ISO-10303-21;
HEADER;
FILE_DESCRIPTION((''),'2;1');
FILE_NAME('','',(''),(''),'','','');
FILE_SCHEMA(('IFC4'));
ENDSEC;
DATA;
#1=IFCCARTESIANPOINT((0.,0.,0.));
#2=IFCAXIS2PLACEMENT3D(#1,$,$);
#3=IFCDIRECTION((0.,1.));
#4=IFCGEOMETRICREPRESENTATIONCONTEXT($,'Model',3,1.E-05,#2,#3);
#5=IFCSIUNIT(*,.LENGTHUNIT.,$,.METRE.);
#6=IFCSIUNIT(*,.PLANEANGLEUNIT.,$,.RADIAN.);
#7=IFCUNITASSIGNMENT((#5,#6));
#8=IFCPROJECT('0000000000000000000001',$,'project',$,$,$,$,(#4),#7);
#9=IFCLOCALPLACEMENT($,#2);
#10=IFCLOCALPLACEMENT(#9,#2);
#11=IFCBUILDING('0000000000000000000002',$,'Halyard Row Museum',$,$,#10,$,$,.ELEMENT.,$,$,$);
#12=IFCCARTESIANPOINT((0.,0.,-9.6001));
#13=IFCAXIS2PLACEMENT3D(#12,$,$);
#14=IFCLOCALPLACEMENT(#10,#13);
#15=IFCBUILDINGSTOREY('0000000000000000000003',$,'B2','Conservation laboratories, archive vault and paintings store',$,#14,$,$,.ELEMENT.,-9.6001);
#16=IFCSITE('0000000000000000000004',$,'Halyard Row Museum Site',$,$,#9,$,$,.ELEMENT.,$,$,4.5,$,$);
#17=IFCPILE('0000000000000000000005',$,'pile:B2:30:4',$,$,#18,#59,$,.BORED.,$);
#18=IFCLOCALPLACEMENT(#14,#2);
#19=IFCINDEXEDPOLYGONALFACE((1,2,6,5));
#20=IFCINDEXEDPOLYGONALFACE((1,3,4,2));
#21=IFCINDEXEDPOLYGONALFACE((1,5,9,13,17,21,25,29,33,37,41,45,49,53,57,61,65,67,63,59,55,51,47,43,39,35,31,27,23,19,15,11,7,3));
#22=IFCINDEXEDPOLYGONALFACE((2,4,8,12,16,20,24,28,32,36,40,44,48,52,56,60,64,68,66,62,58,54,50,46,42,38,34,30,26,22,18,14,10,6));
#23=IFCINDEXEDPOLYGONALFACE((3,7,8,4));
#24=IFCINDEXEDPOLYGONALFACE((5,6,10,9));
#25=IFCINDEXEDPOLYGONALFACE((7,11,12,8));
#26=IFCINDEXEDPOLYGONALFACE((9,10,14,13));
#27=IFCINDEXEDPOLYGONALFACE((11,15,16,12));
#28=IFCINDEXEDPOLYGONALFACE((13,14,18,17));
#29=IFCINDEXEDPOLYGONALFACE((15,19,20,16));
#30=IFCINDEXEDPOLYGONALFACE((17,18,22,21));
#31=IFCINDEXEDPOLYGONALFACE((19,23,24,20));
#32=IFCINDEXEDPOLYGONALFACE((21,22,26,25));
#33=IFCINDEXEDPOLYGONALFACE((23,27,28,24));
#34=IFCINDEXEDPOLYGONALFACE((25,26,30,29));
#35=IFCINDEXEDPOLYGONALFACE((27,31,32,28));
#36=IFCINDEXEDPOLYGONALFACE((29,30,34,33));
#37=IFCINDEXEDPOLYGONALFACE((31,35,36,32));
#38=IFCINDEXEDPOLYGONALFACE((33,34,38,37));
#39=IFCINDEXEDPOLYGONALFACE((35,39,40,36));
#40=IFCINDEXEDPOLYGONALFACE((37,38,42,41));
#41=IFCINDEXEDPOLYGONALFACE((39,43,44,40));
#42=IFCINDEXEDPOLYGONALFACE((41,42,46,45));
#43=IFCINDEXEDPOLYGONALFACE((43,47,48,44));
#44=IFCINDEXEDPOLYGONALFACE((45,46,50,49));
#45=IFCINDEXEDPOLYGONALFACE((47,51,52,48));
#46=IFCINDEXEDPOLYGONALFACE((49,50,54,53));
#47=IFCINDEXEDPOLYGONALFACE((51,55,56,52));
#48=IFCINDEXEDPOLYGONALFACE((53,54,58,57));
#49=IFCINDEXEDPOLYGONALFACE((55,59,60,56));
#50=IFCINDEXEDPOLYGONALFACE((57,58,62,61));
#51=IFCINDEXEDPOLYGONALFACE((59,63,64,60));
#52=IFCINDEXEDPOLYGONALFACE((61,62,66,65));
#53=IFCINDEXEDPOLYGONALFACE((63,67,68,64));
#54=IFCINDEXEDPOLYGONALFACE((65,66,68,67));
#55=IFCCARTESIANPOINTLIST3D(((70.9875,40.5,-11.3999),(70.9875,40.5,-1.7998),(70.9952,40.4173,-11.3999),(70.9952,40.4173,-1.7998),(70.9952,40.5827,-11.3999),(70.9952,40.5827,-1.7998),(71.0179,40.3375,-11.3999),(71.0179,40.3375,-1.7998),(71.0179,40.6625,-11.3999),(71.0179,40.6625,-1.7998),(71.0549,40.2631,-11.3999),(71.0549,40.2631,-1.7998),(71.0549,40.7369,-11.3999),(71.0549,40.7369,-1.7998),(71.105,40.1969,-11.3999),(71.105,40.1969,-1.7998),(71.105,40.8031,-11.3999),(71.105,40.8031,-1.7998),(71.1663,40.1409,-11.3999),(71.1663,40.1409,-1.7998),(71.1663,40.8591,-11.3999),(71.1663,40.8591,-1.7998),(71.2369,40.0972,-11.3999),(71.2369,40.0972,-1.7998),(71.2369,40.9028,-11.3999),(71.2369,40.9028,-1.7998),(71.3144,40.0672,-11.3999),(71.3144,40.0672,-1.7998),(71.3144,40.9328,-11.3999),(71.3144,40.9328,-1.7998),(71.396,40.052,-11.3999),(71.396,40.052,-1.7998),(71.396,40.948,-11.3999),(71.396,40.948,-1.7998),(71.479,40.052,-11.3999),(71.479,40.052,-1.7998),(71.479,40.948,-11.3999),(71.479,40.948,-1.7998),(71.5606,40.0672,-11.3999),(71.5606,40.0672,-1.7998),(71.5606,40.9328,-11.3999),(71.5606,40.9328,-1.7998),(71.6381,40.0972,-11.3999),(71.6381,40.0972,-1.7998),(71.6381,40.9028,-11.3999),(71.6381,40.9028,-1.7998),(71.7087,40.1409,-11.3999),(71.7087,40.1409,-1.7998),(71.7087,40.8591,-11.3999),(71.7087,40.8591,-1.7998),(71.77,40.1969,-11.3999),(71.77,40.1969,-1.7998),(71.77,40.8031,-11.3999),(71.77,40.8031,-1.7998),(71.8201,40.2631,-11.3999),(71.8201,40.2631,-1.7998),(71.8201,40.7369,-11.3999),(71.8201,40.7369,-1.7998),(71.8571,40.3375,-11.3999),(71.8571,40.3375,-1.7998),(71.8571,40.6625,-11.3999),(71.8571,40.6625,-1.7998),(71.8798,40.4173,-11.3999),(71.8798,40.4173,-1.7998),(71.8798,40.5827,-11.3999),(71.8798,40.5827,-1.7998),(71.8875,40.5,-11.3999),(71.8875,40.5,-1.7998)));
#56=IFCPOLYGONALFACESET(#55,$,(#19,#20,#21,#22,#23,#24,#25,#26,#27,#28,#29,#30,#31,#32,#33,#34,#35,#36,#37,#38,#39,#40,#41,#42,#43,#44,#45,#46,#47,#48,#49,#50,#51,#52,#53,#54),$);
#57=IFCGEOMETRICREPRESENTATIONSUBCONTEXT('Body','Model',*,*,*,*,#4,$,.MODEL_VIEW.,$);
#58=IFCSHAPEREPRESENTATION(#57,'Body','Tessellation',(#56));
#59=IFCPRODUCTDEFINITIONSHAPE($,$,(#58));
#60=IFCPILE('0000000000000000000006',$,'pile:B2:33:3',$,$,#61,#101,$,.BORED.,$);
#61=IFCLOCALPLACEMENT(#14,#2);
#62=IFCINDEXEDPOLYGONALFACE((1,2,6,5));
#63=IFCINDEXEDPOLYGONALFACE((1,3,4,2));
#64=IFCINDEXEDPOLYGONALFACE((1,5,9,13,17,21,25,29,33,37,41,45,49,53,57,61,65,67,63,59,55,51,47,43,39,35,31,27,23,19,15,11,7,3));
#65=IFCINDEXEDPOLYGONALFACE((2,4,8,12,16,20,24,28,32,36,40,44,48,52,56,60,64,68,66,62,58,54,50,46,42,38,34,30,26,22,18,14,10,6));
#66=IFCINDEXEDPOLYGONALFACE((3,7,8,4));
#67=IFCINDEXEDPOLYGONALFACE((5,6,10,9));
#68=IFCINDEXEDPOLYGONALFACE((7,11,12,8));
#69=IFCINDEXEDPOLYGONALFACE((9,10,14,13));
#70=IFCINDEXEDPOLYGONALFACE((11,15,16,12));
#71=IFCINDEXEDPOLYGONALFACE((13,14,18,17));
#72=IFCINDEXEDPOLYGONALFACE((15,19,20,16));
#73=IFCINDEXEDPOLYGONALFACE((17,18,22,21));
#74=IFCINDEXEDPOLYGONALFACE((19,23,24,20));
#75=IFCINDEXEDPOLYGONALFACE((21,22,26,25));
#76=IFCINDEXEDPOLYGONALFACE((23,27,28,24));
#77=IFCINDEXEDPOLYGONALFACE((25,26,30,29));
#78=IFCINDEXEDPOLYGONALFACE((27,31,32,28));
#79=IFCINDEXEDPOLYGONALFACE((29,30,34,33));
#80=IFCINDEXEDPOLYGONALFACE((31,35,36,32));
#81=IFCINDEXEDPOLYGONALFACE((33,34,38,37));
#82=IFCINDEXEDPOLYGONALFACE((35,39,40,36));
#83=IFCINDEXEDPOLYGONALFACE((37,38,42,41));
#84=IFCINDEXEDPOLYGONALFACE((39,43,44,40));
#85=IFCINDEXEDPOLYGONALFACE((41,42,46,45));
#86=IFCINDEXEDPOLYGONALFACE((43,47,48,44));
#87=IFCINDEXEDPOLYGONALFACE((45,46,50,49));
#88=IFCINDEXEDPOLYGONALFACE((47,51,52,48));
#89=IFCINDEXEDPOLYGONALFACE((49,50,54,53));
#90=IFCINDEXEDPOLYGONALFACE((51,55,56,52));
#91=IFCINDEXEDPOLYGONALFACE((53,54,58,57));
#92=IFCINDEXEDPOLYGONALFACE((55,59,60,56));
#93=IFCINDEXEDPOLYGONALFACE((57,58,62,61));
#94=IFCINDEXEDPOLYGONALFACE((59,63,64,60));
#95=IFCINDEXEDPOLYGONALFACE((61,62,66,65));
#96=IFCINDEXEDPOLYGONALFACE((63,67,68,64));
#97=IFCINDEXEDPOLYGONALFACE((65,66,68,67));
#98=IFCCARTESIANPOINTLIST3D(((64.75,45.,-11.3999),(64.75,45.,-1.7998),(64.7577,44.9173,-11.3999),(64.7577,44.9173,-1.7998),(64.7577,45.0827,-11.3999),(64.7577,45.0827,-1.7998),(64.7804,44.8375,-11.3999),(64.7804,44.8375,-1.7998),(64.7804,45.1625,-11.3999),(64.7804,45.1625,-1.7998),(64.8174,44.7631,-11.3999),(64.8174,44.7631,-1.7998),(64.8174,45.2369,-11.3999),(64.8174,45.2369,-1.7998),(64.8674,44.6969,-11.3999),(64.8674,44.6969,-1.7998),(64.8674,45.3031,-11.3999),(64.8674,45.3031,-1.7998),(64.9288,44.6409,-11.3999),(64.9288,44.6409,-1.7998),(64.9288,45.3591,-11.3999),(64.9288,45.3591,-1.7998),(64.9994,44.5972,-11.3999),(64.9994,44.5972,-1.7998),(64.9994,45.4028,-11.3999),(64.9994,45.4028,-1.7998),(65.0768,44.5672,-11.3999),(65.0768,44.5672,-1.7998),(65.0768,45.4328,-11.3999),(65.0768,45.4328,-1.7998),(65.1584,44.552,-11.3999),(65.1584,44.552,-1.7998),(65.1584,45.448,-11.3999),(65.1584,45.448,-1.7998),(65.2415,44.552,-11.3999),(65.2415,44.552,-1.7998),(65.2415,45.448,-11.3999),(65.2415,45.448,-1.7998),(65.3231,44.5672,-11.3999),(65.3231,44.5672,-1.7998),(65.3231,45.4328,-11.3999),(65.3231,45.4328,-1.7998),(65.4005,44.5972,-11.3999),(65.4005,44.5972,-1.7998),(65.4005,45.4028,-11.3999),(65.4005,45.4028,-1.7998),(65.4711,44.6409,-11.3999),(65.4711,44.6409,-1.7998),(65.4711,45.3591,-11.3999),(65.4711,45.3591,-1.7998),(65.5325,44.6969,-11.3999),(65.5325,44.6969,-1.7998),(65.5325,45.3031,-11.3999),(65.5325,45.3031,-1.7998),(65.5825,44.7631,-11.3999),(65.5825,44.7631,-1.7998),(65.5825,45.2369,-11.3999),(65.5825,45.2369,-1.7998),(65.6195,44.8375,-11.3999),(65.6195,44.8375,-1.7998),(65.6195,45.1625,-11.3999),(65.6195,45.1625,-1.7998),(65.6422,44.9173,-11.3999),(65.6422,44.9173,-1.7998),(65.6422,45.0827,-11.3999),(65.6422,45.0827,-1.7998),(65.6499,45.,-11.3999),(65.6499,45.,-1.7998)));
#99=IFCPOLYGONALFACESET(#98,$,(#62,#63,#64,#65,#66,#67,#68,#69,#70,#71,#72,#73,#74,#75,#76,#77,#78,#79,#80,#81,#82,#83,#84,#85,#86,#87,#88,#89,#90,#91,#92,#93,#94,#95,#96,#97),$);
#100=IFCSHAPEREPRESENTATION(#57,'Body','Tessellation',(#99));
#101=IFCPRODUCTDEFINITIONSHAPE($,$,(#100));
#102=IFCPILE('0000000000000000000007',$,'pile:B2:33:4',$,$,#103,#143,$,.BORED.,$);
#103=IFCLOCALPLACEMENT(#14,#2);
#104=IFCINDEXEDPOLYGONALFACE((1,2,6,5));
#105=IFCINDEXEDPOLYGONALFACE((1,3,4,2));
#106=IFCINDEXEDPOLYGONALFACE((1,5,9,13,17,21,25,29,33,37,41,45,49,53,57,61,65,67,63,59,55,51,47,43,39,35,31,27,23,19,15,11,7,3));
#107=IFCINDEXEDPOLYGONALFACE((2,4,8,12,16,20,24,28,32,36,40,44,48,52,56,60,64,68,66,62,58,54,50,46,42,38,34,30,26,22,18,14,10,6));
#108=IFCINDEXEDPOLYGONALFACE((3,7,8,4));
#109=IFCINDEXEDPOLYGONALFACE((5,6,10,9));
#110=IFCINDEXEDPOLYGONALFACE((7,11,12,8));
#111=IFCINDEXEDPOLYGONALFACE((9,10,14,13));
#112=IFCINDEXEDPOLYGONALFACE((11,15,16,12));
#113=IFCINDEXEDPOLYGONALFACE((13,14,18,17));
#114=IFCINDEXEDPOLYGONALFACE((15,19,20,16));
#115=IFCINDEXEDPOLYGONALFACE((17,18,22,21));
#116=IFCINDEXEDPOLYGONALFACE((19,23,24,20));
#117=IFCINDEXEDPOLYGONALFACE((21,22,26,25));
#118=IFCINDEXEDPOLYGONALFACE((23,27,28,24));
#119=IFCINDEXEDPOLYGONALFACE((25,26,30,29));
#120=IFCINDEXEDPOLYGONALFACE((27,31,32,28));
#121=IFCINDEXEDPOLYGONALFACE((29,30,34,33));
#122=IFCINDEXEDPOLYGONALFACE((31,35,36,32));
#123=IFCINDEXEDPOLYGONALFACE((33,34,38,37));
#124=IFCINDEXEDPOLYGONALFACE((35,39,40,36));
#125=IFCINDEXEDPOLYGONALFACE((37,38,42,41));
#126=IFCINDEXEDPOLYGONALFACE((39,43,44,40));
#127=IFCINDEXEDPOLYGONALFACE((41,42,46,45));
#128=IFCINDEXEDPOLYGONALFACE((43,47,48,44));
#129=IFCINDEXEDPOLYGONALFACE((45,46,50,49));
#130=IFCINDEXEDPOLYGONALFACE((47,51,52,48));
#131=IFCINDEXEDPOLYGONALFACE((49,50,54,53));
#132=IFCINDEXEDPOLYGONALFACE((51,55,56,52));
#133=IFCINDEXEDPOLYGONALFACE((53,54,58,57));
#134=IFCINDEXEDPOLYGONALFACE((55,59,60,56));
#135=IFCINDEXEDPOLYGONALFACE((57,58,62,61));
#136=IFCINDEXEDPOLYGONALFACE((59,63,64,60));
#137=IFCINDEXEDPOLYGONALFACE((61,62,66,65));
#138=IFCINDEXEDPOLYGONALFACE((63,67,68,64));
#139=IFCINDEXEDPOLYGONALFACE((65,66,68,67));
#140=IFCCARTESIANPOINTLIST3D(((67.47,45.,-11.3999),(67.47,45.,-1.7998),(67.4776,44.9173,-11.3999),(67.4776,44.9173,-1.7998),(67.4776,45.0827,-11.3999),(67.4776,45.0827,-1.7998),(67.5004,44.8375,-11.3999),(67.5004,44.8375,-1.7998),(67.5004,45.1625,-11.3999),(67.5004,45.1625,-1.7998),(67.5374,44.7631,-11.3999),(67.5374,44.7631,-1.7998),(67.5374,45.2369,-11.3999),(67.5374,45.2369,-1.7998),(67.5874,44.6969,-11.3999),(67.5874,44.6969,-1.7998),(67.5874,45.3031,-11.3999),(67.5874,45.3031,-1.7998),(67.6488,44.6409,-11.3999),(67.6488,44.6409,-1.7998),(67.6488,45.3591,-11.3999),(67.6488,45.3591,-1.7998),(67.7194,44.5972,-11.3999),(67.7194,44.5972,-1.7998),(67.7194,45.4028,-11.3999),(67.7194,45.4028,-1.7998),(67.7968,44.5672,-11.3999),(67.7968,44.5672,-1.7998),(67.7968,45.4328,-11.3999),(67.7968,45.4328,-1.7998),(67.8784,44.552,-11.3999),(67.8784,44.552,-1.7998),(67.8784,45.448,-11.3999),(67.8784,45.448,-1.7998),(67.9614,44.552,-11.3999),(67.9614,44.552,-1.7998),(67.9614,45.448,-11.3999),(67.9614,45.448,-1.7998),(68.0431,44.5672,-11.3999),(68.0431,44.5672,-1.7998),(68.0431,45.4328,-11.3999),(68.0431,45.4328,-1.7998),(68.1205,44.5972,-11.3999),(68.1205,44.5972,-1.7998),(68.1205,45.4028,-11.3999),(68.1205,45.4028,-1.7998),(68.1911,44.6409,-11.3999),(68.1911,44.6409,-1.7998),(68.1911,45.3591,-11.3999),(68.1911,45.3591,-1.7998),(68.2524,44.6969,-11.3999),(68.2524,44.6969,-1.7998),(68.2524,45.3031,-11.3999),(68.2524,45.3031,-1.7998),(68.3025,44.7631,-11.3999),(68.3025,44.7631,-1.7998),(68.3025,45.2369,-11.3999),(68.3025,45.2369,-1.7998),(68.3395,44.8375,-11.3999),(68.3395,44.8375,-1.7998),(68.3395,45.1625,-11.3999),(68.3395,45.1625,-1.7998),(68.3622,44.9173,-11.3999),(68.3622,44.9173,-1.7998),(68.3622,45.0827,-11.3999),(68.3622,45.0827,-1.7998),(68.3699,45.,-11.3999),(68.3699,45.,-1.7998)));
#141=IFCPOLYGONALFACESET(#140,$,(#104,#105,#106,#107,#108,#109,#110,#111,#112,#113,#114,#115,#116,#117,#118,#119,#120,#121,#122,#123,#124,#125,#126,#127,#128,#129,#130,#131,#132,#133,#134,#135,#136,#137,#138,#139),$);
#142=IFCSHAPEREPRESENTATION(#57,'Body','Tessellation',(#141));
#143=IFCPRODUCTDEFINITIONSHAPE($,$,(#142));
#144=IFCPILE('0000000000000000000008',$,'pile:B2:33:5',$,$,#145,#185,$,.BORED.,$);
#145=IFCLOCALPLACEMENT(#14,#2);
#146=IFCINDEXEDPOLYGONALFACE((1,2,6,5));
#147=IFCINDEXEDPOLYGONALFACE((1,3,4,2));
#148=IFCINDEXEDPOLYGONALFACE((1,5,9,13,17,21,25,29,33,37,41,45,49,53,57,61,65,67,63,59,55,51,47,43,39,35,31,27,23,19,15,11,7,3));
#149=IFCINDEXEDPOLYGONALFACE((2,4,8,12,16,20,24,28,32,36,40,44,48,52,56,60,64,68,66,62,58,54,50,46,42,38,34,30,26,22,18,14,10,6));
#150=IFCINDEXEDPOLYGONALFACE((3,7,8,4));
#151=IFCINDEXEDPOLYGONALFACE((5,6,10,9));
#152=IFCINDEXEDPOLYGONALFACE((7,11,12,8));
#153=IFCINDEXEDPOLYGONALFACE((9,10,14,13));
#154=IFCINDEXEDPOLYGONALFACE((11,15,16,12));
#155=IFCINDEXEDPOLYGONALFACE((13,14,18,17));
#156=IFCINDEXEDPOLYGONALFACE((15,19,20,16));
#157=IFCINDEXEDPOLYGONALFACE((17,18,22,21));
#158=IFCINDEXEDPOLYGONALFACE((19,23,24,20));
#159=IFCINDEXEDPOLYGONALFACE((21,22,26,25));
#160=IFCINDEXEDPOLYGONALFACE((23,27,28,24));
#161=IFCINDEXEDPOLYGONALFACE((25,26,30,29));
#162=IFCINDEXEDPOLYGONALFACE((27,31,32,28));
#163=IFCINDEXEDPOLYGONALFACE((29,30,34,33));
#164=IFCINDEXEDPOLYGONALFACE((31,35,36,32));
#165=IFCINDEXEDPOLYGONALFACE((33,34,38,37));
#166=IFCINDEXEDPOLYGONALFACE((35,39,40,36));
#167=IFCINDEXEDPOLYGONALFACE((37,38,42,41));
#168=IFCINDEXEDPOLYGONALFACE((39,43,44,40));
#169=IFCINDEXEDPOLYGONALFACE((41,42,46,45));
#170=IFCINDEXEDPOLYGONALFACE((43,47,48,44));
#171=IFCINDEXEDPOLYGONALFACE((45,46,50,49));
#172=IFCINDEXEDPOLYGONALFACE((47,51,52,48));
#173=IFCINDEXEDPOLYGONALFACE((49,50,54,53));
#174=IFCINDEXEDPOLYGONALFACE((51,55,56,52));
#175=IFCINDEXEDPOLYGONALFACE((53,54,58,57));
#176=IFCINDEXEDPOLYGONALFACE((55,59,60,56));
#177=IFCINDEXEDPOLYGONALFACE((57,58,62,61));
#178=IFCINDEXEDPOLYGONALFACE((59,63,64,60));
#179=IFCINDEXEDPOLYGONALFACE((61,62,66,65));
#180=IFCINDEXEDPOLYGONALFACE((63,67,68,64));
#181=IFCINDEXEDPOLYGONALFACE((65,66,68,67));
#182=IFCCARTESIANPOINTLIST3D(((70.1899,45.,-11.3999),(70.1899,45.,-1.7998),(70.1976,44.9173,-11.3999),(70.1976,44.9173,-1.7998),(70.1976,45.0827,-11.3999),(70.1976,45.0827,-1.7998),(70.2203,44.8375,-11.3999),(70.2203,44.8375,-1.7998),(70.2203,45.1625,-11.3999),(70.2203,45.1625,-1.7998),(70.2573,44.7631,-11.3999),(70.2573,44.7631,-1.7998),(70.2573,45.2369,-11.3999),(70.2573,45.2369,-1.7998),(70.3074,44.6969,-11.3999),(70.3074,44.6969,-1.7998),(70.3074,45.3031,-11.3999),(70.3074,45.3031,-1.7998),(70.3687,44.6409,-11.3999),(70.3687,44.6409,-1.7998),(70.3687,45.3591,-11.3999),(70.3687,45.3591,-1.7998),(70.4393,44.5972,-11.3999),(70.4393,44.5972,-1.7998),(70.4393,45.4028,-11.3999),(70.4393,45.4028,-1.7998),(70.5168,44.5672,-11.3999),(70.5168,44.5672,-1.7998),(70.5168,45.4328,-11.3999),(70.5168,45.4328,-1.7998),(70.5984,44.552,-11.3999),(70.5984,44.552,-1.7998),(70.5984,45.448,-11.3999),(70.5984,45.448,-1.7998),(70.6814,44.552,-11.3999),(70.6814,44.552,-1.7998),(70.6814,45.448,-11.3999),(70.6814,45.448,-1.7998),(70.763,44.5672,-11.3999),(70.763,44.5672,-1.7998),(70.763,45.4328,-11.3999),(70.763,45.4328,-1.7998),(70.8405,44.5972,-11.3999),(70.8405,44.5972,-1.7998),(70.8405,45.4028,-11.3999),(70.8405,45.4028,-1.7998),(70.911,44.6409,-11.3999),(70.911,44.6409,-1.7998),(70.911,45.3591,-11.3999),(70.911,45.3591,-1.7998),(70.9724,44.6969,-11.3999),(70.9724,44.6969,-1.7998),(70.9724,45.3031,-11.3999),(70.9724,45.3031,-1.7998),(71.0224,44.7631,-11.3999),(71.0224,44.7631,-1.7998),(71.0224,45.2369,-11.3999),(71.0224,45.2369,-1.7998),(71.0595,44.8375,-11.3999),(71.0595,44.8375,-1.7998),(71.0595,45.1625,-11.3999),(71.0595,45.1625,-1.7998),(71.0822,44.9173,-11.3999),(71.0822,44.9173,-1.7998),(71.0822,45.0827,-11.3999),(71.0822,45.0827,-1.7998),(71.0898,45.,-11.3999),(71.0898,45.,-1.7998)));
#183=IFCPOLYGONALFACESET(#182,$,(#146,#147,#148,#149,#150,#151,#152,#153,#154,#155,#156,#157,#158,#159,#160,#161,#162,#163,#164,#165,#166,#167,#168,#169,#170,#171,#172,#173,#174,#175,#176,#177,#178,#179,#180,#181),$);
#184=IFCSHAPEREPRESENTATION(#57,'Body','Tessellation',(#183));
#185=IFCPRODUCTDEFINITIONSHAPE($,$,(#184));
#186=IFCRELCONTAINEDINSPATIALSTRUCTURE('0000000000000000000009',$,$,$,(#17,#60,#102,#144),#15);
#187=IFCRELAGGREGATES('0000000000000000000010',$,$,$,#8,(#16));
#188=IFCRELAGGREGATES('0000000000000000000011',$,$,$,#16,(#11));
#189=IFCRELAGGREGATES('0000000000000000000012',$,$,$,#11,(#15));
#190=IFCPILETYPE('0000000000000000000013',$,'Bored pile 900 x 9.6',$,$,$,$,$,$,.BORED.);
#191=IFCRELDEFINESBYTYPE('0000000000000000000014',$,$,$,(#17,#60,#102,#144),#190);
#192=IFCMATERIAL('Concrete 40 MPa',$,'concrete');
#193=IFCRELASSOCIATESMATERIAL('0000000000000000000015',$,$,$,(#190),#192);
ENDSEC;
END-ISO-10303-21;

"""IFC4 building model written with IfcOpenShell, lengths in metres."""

from ifc_helpers import new_model, si_unit, direction, frame, origin, origin_2d, place, context, subcontext, project, spatial, circle, extrude, material, material_profile, profile_set, type_object, element, save


model = new_model("IFC4")

# Units and contexts
model_context = context("Model", 3, precision=1e-05, world=origin(), true_north=direction((0.0, 1.0)))
body_context = subcontext(model_context, "Body", "Model", "MODEL_VIEW")
ifc_project = project(units=[si_unit("LENGTHUNIT", "METRE"), si_unit("PLANEANGLEUNIT", "RADIAN")], contexts=[model_context])

# Site, building, storey
site_placement = place(None, origin())
site = spatial("IfcSite", under=ifc_project, at=site_placement, Name="Halyard Row Museum Site", CompositionType="ELEMENT", RefElevation=4.5)
building_placement = place(site_placement, origin())
building = spatial("IfcBuilding", under=site, at=building_placement, Name="Halyard Row Museum", CompositionType="ELEMENT")
storey_placement = place(building_placement, frame((0.0, 0.0, -9.6001)))
storey = spatial("IfcBuildingStorey", under=building, at=storey_placement, Name="B2", Description="Conservation laboratories, archive vault and paintings store", CompositionType="ELEMENT", Elevation=-9.6001)

# Piles
ifc_material_1 = material(Name="Concrete 40 MPa", Category="concrete")
ifc_material_profile_1 = material_profile(ifc_material_1, circle(Radius=0.45, at=origin_2d()), Name="Bored pile 900 x 9.6")
ifc_profile_set_1 = profile_set([ifc_material_profile_1], Name="Concrete 40 MPa")
pile_type_1 = type_object("IfcPileType", Name="Bored pile 900 x 9.6", PredefinedType="BORED", material=ifc_profile_set_1)
for number, where, z_axis, x_axis, name in (
    (1, (71.4375, 40.5, -1.7998), (0.0, 0.0, -1.0), (1.0, 0.0, 0.0), "pile:B2:30:4"),
    (2, (65.2, 45.0, -1.7998), (0.0, 0.0, -1.0), (1.0, 0.0, 0.0), "pile:B2:33:3"),
    (3, (67.9199, 45.0, -1.7998), (0.0, 0.0, -1.0), (1.0, 0.0, 0.0), "pile:B2:33:4"),
    (4, (70.6399, 45.0, -1.7998), (0.0, 0.0, -1.0), (1.0, 0.0, 0.0), "pile:B2:33:5"),
):
    element("IfcPile", number, at=place(storey_placement, frame(where, z_axis=z_axis, x_axis=x_axis)), inside=storey, type_object=pile_type_1, Name=name, PredefinedType="BORED", context=body_context, shape_type="SweptSolid", body=[
        extrude(circle(Radius=0.45, at=origin_2d()), origin(), (0.0, 0.0, 1.0), 9.6001),
    ])

save(model, "model.ifc")
